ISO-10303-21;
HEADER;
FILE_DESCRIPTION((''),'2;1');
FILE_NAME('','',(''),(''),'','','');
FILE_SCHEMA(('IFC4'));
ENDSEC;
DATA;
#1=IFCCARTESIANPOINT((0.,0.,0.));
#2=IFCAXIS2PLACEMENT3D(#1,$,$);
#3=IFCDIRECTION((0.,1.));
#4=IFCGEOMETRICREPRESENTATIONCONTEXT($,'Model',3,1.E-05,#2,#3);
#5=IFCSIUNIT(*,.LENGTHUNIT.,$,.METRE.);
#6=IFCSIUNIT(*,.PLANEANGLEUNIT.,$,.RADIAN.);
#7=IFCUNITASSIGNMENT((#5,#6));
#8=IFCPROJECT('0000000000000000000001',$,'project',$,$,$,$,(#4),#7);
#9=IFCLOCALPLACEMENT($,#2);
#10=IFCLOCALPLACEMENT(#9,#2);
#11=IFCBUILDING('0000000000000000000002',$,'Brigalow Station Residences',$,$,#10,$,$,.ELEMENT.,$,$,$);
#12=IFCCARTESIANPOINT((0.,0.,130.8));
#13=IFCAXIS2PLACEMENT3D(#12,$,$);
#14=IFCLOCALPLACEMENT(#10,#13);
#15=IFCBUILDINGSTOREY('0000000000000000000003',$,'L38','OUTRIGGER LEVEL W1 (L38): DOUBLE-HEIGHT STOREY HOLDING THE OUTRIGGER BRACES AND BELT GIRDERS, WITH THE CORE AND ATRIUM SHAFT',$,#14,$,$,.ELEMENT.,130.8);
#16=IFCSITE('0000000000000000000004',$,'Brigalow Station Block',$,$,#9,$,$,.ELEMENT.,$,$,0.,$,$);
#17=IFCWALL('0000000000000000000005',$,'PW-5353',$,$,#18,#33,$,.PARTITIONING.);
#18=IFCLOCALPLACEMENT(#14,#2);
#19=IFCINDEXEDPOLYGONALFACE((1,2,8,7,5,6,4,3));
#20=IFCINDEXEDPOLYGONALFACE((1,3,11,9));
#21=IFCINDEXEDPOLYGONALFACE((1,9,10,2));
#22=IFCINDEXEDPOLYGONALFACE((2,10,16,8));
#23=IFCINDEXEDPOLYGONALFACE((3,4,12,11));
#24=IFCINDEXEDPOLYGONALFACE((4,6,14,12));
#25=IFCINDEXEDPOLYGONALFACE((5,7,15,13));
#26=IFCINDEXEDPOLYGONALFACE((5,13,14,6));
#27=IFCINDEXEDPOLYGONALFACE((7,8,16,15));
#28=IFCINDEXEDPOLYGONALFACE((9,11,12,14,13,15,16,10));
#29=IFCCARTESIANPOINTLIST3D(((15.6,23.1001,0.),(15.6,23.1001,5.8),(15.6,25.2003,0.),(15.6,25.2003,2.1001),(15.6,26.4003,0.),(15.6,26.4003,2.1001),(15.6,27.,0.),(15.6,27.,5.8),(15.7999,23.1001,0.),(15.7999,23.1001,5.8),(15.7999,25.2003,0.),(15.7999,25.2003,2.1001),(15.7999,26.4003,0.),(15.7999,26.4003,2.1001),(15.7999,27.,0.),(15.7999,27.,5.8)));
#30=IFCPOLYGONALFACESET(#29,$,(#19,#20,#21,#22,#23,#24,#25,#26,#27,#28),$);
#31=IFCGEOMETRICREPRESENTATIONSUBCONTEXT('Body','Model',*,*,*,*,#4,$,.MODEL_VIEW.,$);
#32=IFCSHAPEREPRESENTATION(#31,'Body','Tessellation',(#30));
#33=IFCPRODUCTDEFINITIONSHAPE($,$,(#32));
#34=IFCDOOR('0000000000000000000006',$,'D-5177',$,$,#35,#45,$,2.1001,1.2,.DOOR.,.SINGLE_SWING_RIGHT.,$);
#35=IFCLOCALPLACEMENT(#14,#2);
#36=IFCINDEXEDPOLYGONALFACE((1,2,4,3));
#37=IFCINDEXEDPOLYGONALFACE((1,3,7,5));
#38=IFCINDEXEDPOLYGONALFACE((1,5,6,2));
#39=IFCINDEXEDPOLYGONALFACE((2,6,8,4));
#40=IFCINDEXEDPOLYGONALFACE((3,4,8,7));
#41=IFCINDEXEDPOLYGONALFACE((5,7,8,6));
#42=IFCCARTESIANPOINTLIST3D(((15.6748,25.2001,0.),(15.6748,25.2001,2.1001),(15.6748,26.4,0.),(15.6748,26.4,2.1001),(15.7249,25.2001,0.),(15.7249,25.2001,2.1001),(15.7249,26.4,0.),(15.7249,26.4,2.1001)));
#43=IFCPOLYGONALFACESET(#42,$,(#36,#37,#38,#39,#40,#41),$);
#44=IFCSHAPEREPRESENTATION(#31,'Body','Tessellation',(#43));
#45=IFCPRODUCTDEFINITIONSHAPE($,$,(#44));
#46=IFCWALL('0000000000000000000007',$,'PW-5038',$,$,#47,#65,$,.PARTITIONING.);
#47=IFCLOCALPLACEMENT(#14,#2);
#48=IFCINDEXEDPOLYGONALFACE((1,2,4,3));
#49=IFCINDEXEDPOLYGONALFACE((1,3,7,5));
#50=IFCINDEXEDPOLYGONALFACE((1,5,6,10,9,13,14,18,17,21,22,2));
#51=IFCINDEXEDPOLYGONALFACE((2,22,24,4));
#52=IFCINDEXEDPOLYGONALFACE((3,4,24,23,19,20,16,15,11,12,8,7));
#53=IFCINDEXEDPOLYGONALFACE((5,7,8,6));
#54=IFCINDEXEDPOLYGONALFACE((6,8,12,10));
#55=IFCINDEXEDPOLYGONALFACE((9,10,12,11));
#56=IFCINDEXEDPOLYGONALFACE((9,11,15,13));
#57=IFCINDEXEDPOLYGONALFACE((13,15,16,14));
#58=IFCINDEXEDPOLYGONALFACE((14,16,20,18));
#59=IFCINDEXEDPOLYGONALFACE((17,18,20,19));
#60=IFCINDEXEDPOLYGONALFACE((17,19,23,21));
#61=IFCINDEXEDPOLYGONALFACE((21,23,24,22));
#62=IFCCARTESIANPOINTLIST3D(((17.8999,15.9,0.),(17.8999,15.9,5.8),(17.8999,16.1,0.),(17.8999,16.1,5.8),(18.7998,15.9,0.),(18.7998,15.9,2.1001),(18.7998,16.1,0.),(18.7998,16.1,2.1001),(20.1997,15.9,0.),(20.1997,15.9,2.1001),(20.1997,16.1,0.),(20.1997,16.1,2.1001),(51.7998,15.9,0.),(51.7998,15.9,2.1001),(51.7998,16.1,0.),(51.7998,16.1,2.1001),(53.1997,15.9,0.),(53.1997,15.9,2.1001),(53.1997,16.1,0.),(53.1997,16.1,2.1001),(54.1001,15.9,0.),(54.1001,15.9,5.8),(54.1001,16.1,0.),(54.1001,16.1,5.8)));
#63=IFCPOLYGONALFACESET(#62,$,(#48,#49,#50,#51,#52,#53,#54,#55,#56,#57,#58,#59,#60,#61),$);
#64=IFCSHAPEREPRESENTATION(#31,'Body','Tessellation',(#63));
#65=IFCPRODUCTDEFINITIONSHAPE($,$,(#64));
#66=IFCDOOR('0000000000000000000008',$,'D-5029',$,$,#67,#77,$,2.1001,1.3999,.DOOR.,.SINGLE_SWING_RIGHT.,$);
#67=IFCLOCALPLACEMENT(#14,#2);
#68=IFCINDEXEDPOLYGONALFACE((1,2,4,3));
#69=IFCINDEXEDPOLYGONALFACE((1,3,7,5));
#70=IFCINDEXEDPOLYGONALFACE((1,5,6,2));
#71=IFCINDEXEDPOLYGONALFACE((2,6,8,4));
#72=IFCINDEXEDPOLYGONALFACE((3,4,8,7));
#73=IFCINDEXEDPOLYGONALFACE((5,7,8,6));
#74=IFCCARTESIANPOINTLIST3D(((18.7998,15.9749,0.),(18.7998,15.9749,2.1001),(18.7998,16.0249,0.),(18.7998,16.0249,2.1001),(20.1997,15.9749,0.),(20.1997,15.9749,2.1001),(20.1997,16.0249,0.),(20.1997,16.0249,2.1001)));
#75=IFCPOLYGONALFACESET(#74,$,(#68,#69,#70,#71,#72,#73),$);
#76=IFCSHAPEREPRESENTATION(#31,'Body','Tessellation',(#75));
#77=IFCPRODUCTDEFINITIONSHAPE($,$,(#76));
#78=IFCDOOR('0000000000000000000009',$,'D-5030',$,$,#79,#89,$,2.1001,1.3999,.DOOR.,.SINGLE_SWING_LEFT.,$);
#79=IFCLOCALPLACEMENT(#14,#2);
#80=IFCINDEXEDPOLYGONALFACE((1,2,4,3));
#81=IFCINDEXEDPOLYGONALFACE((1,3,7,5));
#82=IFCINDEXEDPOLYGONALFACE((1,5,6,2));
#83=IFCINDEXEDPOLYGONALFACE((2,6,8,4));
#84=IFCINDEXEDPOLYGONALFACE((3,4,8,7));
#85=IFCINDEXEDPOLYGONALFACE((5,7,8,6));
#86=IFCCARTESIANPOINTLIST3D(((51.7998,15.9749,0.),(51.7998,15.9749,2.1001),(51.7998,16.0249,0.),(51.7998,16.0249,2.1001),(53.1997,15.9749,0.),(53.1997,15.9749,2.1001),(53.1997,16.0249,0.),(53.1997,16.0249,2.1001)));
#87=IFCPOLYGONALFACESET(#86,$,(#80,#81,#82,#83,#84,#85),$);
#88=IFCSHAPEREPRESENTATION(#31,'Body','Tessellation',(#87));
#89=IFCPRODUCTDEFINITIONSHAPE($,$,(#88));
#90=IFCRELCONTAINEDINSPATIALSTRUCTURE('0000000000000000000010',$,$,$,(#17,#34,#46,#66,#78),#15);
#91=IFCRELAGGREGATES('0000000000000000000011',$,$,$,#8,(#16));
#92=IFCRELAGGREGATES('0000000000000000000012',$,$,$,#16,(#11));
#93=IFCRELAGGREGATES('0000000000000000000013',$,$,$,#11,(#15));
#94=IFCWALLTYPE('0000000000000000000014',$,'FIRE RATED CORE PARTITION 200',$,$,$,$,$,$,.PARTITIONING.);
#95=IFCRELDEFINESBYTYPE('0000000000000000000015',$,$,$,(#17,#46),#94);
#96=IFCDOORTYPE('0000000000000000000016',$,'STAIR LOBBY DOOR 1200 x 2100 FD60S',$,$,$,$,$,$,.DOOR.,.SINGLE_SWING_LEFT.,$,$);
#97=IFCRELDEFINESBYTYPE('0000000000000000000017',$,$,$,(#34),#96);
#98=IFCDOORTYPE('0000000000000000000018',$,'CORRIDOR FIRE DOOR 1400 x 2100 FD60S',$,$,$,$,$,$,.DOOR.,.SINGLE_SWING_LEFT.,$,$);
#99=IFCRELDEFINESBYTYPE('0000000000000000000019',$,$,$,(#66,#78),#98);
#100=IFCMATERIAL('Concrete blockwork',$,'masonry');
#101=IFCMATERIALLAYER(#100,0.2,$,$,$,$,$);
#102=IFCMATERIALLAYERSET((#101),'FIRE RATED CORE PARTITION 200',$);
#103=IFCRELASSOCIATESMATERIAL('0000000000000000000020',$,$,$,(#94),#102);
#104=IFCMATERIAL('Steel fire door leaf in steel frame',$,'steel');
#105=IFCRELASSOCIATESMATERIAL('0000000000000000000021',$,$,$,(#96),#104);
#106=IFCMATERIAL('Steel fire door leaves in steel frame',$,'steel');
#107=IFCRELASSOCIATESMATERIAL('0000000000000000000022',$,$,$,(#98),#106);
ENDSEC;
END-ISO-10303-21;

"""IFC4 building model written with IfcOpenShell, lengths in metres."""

from ifc_helpers import new_model, si_unit, direction, frame, frame_2d, origin, place, context, subcontext, project, spatial, rectangle, extrude, material, layer, layer_set, type_object, element, fill, save


model = new_model("IFC4")

# Units and contexts
model_context = context("Model", 3, precision=1e-05, world=origin(), true_north=direction((0.0, 1.0)))
body_context = subcontext(model_context, "Body", "Model", "MODEL_VIEW")
ifc_project = project(units=[si_unit("LENGTHUNIT", "METRE"), si_unit("PLANEANGLEUNIT", "RADIAN")], contexts=[model_context])

# Site, building, storey
site_placement = place(None, origin())
site = spatial("IfcSite", under=ifc_project, at=site_placement, Name="Brigalow Station Block", CompositionType="ELEMENT", RefElevation=0.0)
building_placement = place(site_placement, origin())
building = spatial("IfcBuilding", under=site, at=building_placement, Name="Brigalow Station Residences", CompositionType="ELEMENT")
storey_placement = place(building_placement, frame((0.0, 0.0, 130.8)))
storey = spatial("IfcBuildingStorey", under=building, at=storey_placement, Name="L38", Description="OUTRIGGER LEVEL W1 (L38): DOUBLE-HEIGHT STOREY HOLDING THE OUTRIGGER BRACES AND BELT GIRDERS, WITH THE CORE AND ATRIUM SHAFT", CompositionType="ELEMENT", Elevation=130.8)

# Shared definitions
ifc_material_1 = material(Name="Concrete blockwork", Category="masonry")
ifc_layer = layer(ifc_material_1, 0.2)
ifc_layer_set = layer_set([ifc_layer], Name="FIRE RATED CORE PARTITION 200")
wall_type = type_object("IfcWallType", Name="FIRE RATED CORE PARTITION 200", PredefinedType="PARTITIONING", material=ifc_layer_set)

# Wall, opening, door
wall_1_placement = place(storey_placement, frame((15.7, 23.1001, 0.0), z_axis=(0.0, 0.0, 1.0), x_axis=(0.0, 1.0, 0.0)))
wall_1 = element("IfcWall", 1, at=wall_1_placement, inside=storey, type_object=wall_type, Name="PW-5353", PredefinedType="PARTITIONING", context=body_context, shape_type="SweptSolid", body=[
    extrude(rectangle(XDim=3.8999, YDim=0.2, at=frame_2d((1.95, 0.0))), origin(), (0.0, 0.0, 1.0), 5.8),
])
opening_1_placement = place(wall_1_placement, frame((2.1001, 0.0, 0.0)))
opening_1 = element("IfcOpeningElement", 2, at=opening_1_placement, cuts=wall_1, PredefinedType="OPENING", context=body_context, shape_type="SweptSolid", body=[
    extrude(rectangle(XDim=1.2, YDim=2.1001, at=frame_2d((0.6001, 1.05))), frame((0.0, 0.1099, 0.0), z_axis=(0.0, -1.0, 0.0), x_axis=(1.0, 0.0, 0.0)), (0.0, 0.0, 1.0), 0.22),
])
ifc_material_2 = material(Name="Steel fire door leaf in steel frame", Category="steel")
door_type_1 = type_object("IfcDoorType", Name="STAIR LOBBY DOOR 1200 x 2100 FD60S", OperationType="SINGLE_SWING_LEFT", PredefinedType="DOOR", material=ifc_material_2)
door_1_placement = place(opening_1_placement, frame((1.2, 0.0, 0.0), z_axis=(0.0, 0.0, 1.0), x_axis=(-1.0, 0.0, 0.0)))
door_1 = element("IfcDoor", 3, at=door_1_placement, inside=storey, type_object=door_type_1, Name="D-5177", OperationType="SINGLE_SWING_RIGHT", OverallHeight=2.1001, OverallWidth=1.2, PredefinedType="DOOR", context=body_context, shape_type="SweptSolid", body=[
    extrude(rectangle(XDim=1.2, YDim=2.1001, at=frame_2d((0.6001, 1.05))), frame((0.0, 0.0249, 0.0), z_axis=(0.0, -1.0, 0.0), x_axis=(1.0, 0.0, 0.0)), (0.0, 0.0, 1.0), 0.05),
])
fill(opening_1, door_1)

# Wall, openings, doors
wall_2_placement = place(storey_placement, frame((17.8999, 16.0, 0.0), z_axis=(0.0, 0.0, 1.0), x_axis=(1.0, 0.0, 0.0)))
wall_2 = element("IfcWall", 4, at=wall_2_placement, inside=storey, type_object=wall_type, Name="PW-5038", PredefinedType="PARTITIONING", context=body_context, shape_type="SweptSolid", body=[
    extrude(rectangle(XDim=36.2002, YDim=0.2, at=frame_2d((18.1001, 0.0))), origin(), (0.0, 0.0, 1.0), 5.8),
])
opening_2_placement = place(wall_2_placement, frame((0.8999, 0.0, 0.0)))
opening_2 = element("IfcOpeningElement", 5, at=opening_2_placement, cuts=wall_2, PredefinedType="OPENING", context=body_context, shape_type="SweptSolid", body=[
    extrude(rectangle(XDim=1.3999, YDim=2.1001, at=frame_2d((0.7, 1.05))), frame((0.0, 0.1099, 0.0), z_axis=(0.0, -1.0, 0.0), x_axis=(1.0, 0.0, 0.0)), (0.0, 0.0, 1.0), 0.22),
])
opening_3_placement = place(wall_2_placement, frame((33.8999, 0.0, 0.0)))
opening_3 = element("IfcOpeningElement", 6, at=opening_3_placement, cuts=wall_2, PredefinedType="OPENING", context=body_context, shape_type="SweptSolid", body=[
    extrude(rectangle(XDim=1.3999, YDim=2.1001, at=frame_2d((0.7, 1.05))), frame((0.0, 0.1099, 0.0), z_axis=(0.0, -1.0, 0.0), x_axis=(1.0, 0.0, 0.0)), (0.0, 0.0, 1.0), 0.22),
])
ifc_material_3 = material(Name="Steel fire door leaves in steel frame", Category="steel")
door_type_2 = type_object("IfcDoorType", Name="CORRIDOR FIRE DOOR 1400 x 2100 FD60S", OperationType="SINGLE_SWING_LEFT", PredefinedType="DOOR", material=ifc_material_3)
door_2_placement = place(opening_2_placement, origin())
door_2 = element("IfcDoor", 7, at=door_2_placement, inside=storey, type_object=door_type_2, Name="D-5029", OperationType="SINGLE_SWING_RIGHT", OverallHeight=2.1001, OverallWidth=1.3999, PredefinedType="DOOR", context=body_context, shape_type="SweptSolid", body=[
    extrude(rectangle(XDim=1.3999, YDim=2.1001, at=frame_2d((0.7, 1.05))), frame((0.0, 0.0249, 0.0), z_axis=(0.0, -1.0, 0.0), x_axis=(1.0, 0.0, 0.0)), (0.0, 0.0, 1.0), 0.05),
])
fill(opening_2, door_2)
door_3_placement = place(opening_3_placement, origin())
door_3 = element("IfcDoor", 8, at=door_3_placement, inside=storey, type_object=door_type_2, Name="D-5030", OperationType="SINGLE_SWING_LEFT", OverallHeight=2.1001, OverallWidth=1.3999, PredefinedType="DOOR", context=body_context, shape_type="SweptSolid", body=[
    extrude(rectangle(XDim=1.3999, YDim=2.1001, at=frame_2d((0.7, 1.05))), frame((0.0, 0.0249, 0.0), z_axis=(0.0, -1.0, 0.0), x_axis=(1.0, 0.0, 0.0)), (0.0, 0.0, 1.0), 0.05),
])
fill(opening_3, door_3)

save(model, "model.ifc")
